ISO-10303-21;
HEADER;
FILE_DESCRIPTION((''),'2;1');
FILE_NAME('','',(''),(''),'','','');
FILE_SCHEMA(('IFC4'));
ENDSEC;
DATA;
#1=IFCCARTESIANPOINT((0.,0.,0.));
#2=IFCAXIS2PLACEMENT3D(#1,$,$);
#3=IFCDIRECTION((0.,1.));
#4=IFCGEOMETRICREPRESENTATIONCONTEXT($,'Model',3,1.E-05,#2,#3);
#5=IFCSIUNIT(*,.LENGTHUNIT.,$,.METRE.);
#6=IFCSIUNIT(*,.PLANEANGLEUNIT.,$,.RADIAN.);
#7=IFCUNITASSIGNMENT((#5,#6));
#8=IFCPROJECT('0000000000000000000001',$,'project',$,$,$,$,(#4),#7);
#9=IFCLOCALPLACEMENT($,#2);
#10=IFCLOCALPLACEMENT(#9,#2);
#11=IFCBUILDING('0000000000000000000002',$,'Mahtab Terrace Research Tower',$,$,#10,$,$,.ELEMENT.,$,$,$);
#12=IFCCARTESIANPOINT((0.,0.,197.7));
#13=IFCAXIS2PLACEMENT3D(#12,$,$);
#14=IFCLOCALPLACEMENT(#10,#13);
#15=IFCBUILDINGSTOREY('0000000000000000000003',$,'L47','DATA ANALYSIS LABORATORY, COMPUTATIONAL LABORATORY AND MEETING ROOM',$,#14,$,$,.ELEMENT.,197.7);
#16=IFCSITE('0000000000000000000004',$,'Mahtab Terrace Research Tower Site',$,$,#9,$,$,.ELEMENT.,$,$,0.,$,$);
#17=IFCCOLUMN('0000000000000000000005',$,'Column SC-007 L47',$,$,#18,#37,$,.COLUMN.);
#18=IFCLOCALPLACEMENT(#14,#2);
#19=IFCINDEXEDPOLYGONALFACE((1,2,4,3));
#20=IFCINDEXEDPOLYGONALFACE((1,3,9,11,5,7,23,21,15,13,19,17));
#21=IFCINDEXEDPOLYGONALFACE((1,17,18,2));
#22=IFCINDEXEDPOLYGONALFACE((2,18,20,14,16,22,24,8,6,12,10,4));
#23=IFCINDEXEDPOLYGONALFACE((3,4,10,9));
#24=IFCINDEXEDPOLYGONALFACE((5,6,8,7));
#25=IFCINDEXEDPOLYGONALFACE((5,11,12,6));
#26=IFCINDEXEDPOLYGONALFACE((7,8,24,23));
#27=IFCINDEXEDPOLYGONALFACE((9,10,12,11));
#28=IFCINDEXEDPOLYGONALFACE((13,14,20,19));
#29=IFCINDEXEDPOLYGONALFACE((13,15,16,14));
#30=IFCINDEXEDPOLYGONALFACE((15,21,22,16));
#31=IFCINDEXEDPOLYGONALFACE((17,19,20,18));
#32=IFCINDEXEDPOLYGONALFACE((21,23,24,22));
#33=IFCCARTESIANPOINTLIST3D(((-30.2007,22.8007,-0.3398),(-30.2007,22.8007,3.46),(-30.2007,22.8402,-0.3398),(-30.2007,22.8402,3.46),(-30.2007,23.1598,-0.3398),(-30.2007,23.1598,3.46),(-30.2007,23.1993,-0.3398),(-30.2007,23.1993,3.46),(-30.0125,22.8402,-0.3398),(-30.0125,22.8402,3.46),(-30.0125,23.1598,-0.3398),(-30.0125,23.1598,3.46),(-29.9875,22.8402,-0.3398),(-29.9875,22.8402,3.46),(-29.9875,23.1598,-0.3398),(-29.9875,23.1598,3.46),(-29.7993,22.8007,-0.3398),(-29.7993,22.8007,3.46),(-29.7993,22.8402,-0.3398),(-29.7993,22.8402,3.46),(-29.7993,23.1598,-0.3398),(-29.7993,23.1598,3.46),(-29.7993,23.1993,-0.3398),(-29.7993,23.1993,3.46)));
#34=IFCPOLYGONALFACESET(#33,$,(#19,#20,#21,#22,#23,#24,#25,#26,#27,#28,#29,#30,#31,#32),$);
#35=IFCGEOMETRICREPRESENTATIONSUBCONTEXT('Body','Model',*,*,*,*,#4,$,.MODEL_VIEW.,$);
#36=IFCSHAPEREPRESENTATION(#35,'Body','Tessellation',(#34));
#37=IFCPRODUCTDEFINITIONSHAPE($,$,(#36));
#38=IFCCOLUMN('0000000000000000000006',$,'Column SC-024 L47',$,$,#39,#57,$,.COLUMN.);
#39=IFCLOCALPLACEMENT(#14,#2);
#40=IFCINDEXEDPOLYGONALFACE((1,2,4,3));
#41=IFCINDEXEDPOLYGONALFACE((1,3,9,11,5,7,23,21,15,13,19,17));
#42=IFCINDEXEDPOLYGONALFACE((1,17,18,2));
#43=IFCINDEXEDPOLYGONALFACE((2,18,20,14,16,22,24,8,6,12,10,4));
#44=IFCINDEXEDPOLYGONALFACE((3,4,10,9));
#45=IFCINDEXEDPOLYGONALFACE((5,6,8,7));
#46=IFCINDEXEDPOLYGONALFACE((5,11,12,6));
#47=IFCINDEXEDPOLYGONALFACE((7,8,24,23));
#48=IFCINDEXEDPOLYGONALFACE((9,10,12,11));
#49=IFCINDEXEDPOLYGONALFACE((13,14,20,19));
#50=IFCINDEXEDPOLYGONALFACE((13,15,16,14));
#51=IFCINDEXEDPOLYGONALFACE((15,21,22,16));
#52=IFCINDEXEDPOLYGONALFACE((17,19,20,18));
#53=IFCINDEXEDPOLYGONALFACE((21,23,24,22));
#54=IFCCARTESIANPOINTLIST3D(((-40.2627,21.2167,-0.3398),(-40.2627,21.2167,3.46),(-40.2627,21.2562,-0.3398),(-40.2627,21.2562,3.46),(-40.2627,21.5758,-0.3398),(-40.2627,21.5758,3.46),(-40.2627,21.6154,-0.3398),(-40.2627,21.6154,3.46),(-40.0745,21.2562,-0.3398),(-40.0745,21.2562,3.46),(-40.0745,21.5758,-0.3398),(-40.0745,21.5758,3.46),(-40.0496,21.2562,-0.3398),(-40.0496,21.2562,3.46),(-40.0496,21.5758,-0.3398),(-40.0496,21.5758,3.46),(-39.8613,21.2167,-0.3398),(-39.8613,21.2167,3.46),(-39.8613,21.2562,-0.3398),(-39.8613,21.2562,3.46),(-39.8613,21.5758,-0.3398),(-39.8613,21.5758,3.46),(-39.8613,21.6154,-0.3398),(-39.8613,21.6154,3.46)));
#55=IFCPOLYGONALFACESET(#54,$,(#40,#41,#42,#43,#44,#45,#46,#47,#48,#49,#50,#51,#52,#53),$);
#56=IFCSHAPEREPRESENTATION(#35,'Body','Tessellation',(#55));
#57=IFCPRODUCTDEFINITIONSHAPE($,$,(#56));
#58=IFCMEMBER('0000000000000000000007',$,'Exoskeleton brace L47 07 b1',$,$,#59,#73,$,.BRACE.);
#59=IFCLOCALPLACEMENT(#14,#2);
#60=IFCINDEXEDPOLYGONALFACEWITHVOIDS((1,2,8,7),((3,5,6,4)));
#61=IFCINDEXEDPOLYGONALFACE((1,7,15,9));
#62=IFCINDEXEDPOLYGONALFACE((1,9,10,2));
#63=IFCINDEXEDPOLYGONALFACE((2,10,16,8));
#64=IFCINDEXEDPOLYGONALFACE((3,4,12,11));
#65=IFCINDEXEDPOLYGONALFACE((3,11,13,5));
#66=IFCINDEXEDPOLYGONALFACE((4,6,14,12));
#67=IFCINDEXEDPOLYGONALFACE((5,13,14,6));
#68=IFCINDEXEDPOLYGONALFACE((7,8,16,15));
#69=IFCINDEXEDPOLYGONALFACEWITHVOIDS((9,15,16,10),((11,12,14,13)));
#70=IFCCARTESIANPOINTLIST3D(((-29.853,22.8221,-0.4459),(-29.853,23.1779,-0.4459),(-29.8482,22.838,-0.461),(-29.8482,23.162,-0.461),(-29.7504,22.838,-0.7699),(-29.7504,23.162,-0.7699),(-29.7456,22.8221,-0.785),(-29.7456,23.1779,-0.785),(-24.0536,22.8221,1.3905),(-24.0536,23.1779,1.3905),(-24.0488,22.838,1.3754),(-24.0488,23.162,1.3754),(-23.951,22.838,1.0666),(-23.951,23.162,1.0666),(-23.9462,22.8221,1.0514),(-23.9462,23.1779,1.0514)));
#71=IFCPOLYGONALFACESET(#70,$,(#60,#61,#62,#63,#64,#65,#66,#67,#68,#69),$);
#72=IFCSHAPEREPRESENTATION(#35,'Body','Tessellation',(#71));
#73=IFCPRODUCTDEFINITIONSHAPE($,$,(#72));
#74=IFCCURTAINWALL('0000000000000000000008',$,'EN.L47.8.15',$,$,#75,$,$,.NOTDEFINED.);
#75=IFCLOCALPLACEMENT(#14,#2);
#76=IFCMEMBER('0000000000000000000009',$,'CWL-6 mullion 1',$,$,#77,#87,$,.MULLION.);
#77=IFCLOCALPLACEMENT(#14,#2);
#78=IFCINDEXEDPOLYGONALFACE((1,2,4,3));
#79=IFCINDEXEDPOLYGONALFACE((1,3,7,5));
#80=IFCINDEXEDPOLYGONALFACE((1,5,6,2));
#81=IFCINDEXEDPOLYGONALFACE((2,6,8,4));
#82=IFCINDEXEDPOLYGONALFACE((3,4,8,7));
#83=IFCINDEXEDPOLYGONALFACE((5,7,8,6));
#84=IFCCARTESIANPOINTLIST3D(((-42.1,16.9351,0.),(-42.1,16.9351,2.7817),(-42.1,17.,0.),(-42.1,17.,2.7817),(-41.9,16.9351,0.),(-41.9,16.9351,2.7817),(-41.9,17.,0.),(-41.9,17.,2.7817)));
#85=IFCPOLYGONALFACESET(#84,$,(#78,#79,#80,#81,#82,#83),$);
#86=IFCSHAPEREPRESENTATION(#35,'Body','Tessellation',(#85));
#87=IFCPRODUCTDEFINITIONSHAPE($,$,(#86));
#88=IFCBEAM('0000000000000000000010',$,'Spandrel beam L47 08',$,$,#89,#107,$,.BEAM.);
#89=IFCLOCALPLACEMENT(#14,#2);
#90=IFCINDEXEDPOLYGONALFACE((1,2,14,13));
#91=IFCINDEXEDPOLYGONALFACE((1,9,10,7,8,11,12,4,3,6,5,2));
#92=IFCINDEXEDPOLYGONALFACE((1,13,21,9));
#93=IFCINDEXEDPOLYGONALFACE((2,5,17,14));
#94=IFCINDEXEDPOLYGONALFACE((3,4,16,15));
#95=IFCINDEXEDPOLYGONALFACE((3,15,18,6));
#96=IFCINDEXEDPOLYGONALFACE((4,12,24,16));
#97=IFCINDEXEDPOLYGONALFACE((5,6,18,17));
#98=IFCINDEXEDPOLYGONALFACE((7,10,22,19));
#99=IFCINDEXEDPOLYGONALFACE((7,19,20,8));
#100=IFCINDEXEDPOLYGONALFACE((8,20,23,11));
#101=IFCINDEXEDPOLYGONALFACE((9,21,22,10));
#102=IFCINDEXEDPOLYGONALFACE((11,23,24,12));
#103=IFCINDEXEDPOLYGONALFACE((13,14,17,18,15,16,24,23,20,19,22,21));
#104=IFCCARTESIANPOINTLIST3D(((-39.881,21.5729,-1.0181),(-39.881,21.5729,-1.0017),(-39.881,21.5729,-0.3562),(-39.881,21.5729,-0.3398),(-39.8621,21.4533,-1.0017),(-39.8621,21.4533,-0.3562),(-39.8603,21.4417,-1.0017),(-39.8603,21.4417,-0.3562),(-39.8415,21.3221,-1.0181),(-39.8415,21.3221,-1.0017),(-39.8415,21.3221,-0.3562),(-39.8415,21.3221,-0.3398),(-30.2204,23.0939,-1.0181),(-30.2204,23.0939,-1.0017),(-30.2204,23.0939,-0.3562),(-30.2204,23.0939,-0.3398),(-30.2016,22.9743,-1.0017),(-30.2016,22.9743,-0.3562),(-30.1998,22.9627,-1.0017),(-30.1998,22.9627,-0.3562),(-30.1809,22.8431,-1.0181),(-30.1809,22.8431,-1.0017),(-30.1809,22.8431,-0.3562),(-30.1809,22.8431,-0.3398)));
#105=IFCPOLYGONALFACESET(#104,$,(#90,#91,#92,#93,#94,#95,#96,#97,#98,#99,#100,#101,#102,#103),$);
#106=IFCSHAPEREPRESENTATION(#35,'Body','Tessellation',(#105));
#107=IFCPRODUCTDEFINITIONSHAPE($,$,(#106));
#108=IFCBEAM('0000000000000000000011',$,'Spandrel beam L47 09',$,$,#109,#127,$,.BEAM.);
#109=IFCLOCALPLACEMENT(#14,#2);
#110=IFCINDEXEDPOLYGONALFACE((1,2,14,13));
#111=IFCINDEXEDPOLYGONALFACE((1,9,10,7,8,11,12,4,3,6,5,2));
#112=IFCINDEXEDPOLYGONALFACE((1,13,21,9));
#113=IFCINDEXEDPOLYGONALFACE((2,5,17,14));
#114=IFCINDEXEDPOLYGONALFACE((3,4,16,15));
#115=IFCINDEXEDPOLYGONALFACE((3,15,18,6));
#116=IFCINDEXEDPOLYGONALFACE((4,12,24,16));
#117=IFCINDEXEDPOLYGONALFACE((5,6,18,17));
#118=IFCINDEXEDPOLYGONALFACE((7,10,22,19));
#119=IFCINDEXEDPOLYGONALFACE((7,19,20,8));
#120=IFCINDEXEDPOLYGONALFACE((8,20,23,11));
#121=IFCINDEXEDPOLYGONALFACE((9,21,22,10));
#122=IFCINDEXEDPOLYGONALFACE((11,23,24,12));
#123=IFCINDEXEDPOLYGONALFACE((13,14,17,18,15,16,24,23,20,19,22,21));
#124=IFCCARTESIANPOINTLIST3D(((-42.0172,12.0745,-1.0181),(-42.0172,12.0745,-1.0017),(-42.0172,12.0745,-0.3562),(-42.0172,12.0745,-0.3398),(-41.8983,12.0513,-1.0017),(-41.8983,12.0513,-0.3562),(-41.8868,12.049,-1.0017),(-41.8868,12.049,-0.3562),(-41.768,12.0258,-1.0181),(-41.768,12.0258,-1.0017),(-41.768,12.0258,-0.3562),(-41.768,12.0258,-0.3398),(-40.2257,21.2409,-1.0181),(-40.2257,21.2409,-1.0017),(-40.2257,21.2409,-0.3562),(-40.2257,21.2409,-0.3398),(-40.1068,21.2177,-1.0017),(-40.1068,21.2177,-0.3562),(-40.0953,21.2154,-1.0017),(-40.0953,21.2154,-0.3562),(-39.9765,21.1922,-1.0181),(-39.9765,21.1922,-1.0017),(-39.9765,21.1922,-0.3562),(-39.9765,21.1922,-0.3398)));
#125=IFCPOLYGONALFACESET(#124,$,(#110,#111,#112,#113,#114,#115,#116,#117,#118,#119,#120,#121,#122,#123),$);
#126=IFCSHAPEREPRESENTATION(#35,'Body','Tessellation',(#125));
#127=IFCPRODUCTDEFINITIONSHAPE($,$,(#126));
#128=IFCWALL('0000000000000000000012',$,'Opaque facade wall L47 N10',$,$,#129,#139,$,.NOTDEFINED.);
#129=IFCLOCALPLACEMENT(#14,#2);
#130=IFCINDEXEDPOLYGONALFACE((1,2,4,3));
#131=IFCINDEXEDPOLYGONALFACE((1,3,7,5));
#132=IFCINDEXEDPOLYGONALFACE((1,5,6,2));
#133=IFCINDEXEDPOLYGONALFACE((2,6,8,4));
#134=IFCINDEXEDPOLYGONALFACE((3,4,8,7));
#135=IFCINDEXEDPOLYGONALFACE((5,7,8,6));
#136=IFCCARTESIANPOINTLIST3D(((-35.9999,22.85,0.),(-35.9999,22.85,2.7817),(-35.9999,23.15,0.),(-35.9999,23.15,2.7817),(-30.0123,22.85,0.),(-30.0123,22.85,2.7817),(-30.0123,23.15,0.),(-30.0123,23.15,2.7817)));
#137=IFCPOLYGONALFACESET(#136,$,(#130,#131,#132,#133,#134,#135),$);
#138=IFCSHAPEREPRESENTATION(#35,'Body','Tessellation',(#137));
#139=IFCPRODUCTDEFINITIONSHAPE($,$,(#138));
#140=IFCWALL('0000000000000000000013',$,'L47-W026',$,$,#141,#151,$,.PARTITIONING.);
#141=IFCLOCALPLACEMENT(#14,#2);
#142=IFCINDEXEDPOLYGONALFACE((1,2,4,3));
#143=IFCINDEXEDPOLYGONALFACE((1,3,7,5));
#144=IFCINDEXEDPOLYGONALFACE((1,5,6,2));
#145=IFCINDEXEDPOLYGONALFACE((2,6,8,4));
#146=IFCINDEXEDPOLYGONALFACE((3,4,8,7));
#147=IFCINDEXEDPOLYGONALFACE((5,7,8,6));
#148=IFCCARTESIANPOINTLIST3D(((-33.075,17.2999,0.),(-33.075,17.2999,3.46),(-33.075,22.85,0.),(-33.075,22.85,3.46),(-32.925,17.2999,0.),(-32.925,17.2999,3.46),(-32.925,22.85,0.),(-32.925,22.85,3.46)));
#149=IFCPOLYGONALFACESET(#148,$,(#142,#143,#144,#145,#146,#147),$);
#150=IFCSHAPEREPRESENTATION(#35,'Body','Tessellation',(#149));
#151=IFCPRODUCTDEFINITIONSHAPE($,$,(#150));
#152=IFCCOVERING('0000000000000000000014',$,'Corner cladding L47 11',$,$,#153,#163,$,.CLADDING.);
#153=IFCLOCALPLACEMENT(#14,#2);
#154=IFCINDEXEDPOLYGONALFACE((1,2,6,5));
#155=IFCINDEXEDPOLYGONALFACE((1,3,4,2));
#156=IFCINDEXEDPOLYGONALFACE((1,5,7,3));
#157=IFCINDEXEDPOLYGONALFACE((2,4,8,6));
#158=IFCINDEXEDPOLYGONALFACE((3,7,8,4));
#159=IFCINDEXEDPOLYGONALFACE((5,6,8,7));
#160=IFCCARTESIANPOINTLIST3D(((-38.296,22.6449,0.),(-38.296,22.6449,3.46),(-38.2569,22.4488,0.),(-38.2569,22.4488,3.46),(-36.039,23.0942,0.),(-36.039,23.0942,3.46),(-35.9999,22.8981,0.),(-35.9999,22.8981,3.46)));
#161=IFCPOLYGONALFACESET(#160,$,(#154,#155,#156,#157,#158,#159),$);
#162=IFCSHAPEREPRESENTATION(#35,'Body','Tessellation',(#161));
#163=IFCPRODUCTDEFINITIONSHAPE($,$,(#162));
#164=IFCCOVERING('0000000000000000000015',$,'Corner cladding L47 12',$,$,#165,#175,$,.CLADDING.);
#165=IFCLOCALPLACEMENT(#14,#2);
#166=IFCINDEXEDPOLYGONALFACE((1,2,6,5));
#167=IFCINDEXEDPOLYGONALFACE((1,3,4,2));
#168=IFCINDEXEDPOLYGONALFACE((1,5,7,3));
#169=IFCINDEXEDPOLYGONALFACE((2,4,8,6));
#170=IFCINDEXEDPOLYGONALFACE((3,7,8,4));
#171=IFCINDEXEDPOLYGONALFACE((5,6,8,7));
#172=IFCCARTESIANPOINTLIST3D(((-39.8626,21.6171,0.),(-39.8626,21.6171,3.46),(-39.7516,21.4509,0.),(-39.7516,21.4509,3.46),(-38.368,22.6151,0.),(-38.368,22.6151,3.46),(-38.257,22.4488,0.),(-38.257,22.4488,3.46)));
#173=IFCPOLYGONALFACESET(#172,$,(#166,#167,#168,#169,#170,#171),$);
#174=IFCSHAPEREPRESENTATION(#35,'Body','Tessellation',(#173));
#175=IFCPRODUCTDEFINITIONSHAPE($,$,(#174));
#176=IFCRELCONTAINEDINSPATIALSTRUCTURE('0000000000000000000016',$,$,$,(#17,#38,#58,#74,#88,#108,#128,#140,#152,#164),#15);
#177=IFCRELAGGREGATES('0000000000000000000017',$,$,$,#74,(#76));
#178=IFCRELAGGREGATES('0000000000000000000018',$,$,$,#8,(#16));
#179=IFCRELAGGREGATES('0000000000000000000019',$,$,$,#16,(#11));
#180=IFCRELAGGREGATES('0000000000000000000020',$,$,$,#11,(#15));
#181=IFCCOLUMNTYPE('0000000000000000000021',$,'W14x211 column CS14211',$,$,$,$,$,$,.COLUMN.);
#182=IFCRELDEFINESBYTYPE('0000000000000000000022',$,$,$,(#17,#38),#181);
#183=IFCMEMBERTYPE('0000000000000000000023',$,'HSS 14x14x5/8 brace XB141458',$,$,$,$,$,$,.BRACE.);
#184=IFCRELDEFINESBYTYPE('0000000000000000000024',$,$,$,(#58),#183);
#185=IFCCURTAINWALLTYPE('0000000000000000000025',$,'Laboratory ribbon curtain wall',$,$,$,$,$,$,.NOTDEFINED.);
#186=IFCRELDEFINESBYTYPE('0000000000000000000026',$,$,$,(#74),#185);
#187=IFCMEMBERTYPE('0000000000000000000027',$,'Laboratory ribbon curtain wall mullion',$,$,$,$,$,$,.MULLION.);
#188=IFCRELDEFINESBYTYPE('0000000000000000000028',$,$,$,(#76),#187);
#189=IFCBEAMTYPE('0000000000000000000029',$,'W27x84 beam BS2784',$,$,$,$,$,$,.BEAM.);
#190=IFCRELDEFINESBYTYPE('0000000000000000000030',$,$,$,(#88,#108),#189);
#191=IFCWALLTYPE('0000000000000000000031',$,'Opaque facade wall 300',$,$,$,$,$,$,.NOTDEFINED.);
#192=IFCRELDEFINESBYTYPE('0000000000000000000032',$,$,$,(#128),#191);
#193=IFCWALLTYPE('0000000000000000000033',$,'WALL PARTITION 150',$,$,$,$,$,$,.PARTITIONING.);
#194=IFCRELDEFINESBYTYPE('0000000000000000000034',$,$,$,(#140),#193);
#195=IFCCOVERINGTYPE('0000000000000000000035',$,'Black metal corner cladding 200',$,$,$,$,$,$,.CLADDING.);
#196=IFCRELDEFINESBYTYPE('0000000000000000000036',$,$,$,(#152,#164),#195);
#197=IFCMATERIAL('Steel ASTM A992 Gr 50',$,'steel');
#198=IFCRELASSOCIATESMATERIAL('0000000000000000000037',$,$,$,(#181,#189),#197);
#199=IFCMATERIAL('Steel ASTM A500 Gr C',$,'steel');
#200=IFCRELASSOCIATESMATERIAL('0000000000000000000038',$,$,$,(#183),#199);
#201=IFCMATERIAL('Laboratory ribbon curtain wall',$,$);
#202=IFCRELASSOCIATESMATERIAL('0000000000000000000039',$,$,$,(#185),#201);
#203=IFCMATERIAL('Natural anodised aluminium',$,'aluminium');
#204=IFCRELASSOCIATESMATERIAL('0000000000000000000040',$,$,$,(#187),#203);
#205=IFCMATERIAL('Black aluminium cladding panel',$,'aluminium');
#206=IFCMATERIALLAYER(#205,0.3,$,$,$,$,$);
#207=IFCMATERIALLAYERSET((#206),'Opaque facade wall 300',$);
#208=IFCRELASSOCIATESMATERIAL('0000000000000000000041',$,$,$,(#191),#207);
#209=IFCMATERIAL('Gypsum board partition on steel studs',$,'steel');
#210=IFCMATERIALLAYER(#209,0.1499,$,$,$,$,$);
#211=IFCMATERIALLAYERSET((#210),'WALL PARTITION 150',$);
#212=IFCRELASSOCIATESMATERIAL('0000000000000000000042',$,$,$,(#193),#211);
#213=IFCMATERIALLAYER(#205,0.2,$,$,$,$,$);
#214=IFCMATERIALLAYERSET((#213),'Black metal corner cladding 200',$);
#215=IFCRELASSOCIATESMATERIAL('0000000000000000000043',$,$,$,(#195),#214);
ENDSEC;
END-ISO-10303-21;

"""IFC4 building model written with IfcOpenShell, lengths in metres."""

from ifc_helpers import new_model, si_unit, direction, frame, frame_2d, origin, origin_2d, place, context, subcontext, project, spatial, rectangle, hollow_rectangle, i_section, extrude, material, layer, layer_set, material_profile, profile_set, type_object, element, aggregate, save


model = new_model("IFC4")

# Units and contexts
model_context = context("Model", 3, precision=1e-05, world=origin(), true_north=direction((0.0, 1.0)))
body_context = subcontext(model_context, "Body", "Model", "MODEL_VIEW")
ifc_project = project(units=[si_unit("LENGTHUNIT", "METRE"), si_unit("PLANEANGLEUNIT", "RADIAN")], contexts=[model_context])

# Site, building, storey
site_placement = place(None, origin())
site = spatial("IfcSite", under=ifc_project, at=site_placement, Name="Mahtab Terrace Research Tower Site", CompositionType="ELEMENT", RefElevation=0.0)
building_placement = place(site_placement, origin())
building = spatial("IfcBuilding", under=site, at=building_placement, Name="Mahtab Terrace Research Tower", CompositionType="ELEMENT")
storey_placement = place(building_placement, frame((0.0, 0.0, 197.7)))
storey = spatial("IfcBuildingStorey", under=building, at=storey_placement, Name="L47", Description="DATA ANALYSIS LABORATORY, COMPUTATIONAL LABORATORY AND MEETING ROOM", CompositionType="ELEMENT", Elevation=197.7)

# Columns
ifc_material_1 = material(Name="Steel ASTM A992 Gr 50", Category="steel")
ifc_material_profile_1 = material_profile(ifc_material_1, i_section(OverallWidth=0.4014, OverallDepth=0.3987, WebThickness=0.0249, FlangeThickness=0.0396, at=origin_2d()), Name="W14X211")
ifc_profile_set_1 = profile_set([ifc_material_profile_1], Name="Steel ASTM A992 Gr 50")
column_type = type_object("IfcColumnType", Name="W14x211 column CS14211", PredefinedType="COLUMN", material=ifc_profile_set_1)
for number, where, z_axis, x_axis, name in (
    (1, (-30.0, 23.0, -0.3398), (0.0, 0.0, 1.0), (1.0, 0.0, 0.0), "Column SC-007 L47"),
    (2, (-40.062, 21.416, -0.3398), (0.0, 0.0, 1.0), (1.0, 0.0, 0.0), "Column SC-024 L47"),
):
    element("IfcColumn", number, at=place(storey_placement, frame(where, z_axis=z_axis, x_axis=x_axis)), inside=storey, type_object=column_type, Name=name, PredefinedType="COLUMN", context=body_context, shape_type="SweptSolid", body=[
        extrude(i_section(OverallWidth=0.4014, OverallDepth=0.3987, WebThickness=0.0249, FlangeThickness=0.0396, at=origin_2d()), origin(), (0.0, 0.0, 1.0), 3.7998),
    ])

# Member
ifc_material_2 = material(Name="Steel ASTM A500 Gr C", Category="steel")
ifc_material_profile_2 = material_profile(ifc_material_2, hollow_rectangle(XDim=0.3557, YDim=0.3557, WallThickness=0.0159, at=origin_2d()), Name="HSS14X14X5/8")
ifc_profile_set_2 = profile_set([ifc_material_profile_2], Name="Steel ASTM A500 Gr C")
member_type_1 = type_object("IfcMemberType", Name="HSS 14x14x5/8 brace XB141458", PredefinedType="BRACE", material=ifc_profile_set_2)
member_1_placement = place(storey_placement, frame((-29.7993, 23.0, -0.6155), z_axis=(0.953343, 0.0, 0.301888), x_axis=(0.0, 1.0, 0.0)))
element("IfcMember", 3, at=member_1_placement, inside=storey, type_object=member_type_1, Name="Exoskeleton brace L47 07 b1", PredefinedType="BRACE", context=body_context, shape_type="SweptSolid", body=[
    extrude(hollow_rectangle(XDim=0.3557, YDim=0.3557, WallThickness=0.0159, at=origin_2d()), origin(), (0.0, 0.0, 1.0), 6.0833),
])

# Curtain wall, member
ifc_material_3 = material(Name="Laboratory ribbon curtain wall")
curtain_wall_type = type_object("IfcCurtainWallType", Name="Laboratory ribbon curtain wall", PredefinedType="NOTDEFINED", material=ifc_material_3)
curtain_wall_placement = place(storey_placement, origin())
curtain_wall = element("IfcCurtainWall", 4, at=curtain_wall_placement, inside=storey, type_object=curtain_wall_type, Name="EN.L47.8.15", PredefinedType="NOTDEFINED")
ifc_material_4 = material(Name="Natural anodised aluminium", Category="aluminium")
ifc_material_profile_3 = material_profile(ifc_material_4, rectangle(XDim=0.2, YDim=0.0649, at=origin_2d()), Name="MULLION 65x200")
ifc_profile_set_3 = profile_set([ifc_material_profile_3], Name="Natural anodised aluminium")
member_type_2 = type_object("IfcMemberType", Name="Laboratory ribbon curtain wall mullion", PredefinedType="MULLION", material=ifc_profile_set_3)
member_2_placement = place(storey_placement, frame((-42.0, 16.9675, 0.0), z_axis=(0.0, 0.0, 1.0), x_axis=(1.0, 0.0, 0.0)))
member_2 = element("IfcMember", 5, at=member_2_placement, type_object=member_type_2, Name="CWL-6 mullion 1", PredefinedType="MULLION", context=body_context, shape_type="SweptSolid", body=[
    extrude(rectangle(XDim=0.2, YDim=0.0649, at=origin_2d()), origin(), (0.0, 0.0, 1.0), 2.7817),
])
aggregate(curtain_wall, [member_2])

# Beams
ifc_material_profile_4 = material_profile(ifc_material_1, i_section(OverallWidth=0.2539, OverallDepth=0.6782, WebThickness=0.0117, FlangeThickness=0.0164, at=origin_2d()), Name="W27X84")
ifc_profile_set_4 = profile_set([ifc_material_profile_4], Name="Steel ASTM A992 Gr 50")
beam_type = type_object("IfcBeamType", Name="W27x84 beam BS2784", PredefinedType="BEAM", material=ifc_profile_set_4)
beam_1_placement = place(storey_placement, frame((-30.2007, 22.9685, -0.679), z_axis=(-0.987832, -0.155527, 0.0), x_axis=(0.155527, -0.987832, 0.0)))
element("IfcBeam", 6, at=beam_1_placement, inside=storey, type_object=beam_type, Name="Spandrel beam L47 08", PredefinedType="BEAM", context=body_context, shape_type="SweptSolid", body=[
    extrude(i_section(OverallWidth=0.2539, OverallDepth=0.6782, WebThickness=0.0117, FlangeThickness=0.0164, at=origin_2d()), origin(), (0.0, 0.0, 1.0), 9.7795),
])
beam_2_placement = place(storey_placement, frame((-40.1011, 21.2166, -0.679), z_axis=(-0.191811, -0.981432, 0.0), x_axis=(0.981432, -0.191811, 0.0)))
element("IfcBeam", 7, at=beam_2_placement, inside=storey, type_object=beam_type, Name="Spandrel beam L47 09", PredefinedType="BEAM", context=body_context, shape_type="SweptSolid", body=[
    extrude(i_section(OverallWidth=0.2539, OverallDepth=0.6782, WebThickness=0.0117, FlangeThickness=0.0164, at=origin_2d()), origin(), (0.0, 0.0, 1.0), 9.3398),
])

# Wall
ifc_material_5 = material(Name="Black aluminium cladding panel", Category="aluminium")
ifc_layer_1 = layer(ifc_material_5, 0.3)
ifc_layer_set_1 = layer_set([ifc_layer_1], Name="Opaque facade wall 300")
wall_type_1 = type_object("IfcWallType", Name="Opaque facade wall 300", PredefinedType="NOTDEFINED", material=ifc_layer_set_1)
wall_1_placement = place(storey_placement, frame((-30.0125, 23.0, 0.0), z_axis=(0.0, 0.0, 1.0), x_axis=(-1.0, 0.0, 0.0)))
element("IfcWall", 8, at=wall_1_placement, inside=storey, type_object=wall_type_1, Name="Opaque facade wall L47 N10", PredefinedType="NOTDEFINED", context=body_context, shape_type="SweptSolid", body=[
    extrude(rectangle(XDim=5.9875, YDim=0.3, at=frame_2d((2.9937, 0.0))), origin(), (0.0, 0.0, 1.0), 2.7817),
])

# Wall
ifc_material_6 = material(Name="Gypsum board partition on steel studs", Category="steel")
ifc_layer_2 = layer(ifc_material_6, 0.1499)
ifc_layer_set_2 = layer_set([ifc_layer_2], Name="WALL PARTITION 150")
wall_type_2 = type_object("IfcWallType", Name="WALL PARTITION 150", PredefinedType="PARTITIONING", material=ifc_layer_set_2)
wall_2_placement = place(storey_placement, frame((-33.0, 17.3, 0.0), z_axis=(0.0, 0.0, 1.0), x_axis=(0.0, 1.0, 0.0)))
element("IfcWall", 9, at=wall_2_placement, inside=storey, type_object=wall_type_2, Name="L47-W026", PredefinedType="PARTITIONING", context=body_context, shape_type="SweptSolid", body=[
    extrude(rectangle(XDim=5.55, YDim=0.1499, at=frame_2d((2.7749, 0.0))), origin(), (0.0, 0.0, 1.0), 3.46),
])

# Coverings
ifc_layer_3 = layer(ifc_material_5, 0.2)
ifc_layer_set_3 = layer_set([ifc_layer_3], Name="Black metal corner cladding 200")
covering_type = type_object("IfcCoveringType", Name="Black metal corner cladding 200", PredefinedType="CLADDING", material=ifc_layer_set_3)
covering_1_placement = place(storey_placement, frame((-37.1479, 22.7715, 0.0), z_axis=(0.0, 0.0, 1.0), x_axis=(-0.980761, -0.195212, 0.0)))
element("IfcCovering", 10, at=covering_1_placement, inside=storey, type_object=covering_type, Name="Corner cladding L47 11", PredefinedType="CLADDING", context=body_context, shape_type="SweptSolid", body=[
    extrude(rectangle(XDim=2.3013, YDim=0.2, at=origin_2d()), origin(), (0.0, 0.0, 1.0), 3.46),
])
covering_2_placement = place(storey_placement, frame((-39.0598, 22.033, 0.0), z_axis=(0.0, 0.0, 1.0), x_axis=(-0.831656, -0.555291, 0.0)))
element("IfcCovering", 11, at=covering_2_placement, inside=storey, type_object=covering_type, Name="Corner cladding L47 12", PredefinedType="CLADDING", context=body_context, shape_type="SweptSolid", body=[
    extrude(rectangle(XDim=1.7971, YDim=0.2, at=origin_2d()), origin(), (0.0, 0.0, 1.0), 3.46),
])

save(model, "model.ifc")
